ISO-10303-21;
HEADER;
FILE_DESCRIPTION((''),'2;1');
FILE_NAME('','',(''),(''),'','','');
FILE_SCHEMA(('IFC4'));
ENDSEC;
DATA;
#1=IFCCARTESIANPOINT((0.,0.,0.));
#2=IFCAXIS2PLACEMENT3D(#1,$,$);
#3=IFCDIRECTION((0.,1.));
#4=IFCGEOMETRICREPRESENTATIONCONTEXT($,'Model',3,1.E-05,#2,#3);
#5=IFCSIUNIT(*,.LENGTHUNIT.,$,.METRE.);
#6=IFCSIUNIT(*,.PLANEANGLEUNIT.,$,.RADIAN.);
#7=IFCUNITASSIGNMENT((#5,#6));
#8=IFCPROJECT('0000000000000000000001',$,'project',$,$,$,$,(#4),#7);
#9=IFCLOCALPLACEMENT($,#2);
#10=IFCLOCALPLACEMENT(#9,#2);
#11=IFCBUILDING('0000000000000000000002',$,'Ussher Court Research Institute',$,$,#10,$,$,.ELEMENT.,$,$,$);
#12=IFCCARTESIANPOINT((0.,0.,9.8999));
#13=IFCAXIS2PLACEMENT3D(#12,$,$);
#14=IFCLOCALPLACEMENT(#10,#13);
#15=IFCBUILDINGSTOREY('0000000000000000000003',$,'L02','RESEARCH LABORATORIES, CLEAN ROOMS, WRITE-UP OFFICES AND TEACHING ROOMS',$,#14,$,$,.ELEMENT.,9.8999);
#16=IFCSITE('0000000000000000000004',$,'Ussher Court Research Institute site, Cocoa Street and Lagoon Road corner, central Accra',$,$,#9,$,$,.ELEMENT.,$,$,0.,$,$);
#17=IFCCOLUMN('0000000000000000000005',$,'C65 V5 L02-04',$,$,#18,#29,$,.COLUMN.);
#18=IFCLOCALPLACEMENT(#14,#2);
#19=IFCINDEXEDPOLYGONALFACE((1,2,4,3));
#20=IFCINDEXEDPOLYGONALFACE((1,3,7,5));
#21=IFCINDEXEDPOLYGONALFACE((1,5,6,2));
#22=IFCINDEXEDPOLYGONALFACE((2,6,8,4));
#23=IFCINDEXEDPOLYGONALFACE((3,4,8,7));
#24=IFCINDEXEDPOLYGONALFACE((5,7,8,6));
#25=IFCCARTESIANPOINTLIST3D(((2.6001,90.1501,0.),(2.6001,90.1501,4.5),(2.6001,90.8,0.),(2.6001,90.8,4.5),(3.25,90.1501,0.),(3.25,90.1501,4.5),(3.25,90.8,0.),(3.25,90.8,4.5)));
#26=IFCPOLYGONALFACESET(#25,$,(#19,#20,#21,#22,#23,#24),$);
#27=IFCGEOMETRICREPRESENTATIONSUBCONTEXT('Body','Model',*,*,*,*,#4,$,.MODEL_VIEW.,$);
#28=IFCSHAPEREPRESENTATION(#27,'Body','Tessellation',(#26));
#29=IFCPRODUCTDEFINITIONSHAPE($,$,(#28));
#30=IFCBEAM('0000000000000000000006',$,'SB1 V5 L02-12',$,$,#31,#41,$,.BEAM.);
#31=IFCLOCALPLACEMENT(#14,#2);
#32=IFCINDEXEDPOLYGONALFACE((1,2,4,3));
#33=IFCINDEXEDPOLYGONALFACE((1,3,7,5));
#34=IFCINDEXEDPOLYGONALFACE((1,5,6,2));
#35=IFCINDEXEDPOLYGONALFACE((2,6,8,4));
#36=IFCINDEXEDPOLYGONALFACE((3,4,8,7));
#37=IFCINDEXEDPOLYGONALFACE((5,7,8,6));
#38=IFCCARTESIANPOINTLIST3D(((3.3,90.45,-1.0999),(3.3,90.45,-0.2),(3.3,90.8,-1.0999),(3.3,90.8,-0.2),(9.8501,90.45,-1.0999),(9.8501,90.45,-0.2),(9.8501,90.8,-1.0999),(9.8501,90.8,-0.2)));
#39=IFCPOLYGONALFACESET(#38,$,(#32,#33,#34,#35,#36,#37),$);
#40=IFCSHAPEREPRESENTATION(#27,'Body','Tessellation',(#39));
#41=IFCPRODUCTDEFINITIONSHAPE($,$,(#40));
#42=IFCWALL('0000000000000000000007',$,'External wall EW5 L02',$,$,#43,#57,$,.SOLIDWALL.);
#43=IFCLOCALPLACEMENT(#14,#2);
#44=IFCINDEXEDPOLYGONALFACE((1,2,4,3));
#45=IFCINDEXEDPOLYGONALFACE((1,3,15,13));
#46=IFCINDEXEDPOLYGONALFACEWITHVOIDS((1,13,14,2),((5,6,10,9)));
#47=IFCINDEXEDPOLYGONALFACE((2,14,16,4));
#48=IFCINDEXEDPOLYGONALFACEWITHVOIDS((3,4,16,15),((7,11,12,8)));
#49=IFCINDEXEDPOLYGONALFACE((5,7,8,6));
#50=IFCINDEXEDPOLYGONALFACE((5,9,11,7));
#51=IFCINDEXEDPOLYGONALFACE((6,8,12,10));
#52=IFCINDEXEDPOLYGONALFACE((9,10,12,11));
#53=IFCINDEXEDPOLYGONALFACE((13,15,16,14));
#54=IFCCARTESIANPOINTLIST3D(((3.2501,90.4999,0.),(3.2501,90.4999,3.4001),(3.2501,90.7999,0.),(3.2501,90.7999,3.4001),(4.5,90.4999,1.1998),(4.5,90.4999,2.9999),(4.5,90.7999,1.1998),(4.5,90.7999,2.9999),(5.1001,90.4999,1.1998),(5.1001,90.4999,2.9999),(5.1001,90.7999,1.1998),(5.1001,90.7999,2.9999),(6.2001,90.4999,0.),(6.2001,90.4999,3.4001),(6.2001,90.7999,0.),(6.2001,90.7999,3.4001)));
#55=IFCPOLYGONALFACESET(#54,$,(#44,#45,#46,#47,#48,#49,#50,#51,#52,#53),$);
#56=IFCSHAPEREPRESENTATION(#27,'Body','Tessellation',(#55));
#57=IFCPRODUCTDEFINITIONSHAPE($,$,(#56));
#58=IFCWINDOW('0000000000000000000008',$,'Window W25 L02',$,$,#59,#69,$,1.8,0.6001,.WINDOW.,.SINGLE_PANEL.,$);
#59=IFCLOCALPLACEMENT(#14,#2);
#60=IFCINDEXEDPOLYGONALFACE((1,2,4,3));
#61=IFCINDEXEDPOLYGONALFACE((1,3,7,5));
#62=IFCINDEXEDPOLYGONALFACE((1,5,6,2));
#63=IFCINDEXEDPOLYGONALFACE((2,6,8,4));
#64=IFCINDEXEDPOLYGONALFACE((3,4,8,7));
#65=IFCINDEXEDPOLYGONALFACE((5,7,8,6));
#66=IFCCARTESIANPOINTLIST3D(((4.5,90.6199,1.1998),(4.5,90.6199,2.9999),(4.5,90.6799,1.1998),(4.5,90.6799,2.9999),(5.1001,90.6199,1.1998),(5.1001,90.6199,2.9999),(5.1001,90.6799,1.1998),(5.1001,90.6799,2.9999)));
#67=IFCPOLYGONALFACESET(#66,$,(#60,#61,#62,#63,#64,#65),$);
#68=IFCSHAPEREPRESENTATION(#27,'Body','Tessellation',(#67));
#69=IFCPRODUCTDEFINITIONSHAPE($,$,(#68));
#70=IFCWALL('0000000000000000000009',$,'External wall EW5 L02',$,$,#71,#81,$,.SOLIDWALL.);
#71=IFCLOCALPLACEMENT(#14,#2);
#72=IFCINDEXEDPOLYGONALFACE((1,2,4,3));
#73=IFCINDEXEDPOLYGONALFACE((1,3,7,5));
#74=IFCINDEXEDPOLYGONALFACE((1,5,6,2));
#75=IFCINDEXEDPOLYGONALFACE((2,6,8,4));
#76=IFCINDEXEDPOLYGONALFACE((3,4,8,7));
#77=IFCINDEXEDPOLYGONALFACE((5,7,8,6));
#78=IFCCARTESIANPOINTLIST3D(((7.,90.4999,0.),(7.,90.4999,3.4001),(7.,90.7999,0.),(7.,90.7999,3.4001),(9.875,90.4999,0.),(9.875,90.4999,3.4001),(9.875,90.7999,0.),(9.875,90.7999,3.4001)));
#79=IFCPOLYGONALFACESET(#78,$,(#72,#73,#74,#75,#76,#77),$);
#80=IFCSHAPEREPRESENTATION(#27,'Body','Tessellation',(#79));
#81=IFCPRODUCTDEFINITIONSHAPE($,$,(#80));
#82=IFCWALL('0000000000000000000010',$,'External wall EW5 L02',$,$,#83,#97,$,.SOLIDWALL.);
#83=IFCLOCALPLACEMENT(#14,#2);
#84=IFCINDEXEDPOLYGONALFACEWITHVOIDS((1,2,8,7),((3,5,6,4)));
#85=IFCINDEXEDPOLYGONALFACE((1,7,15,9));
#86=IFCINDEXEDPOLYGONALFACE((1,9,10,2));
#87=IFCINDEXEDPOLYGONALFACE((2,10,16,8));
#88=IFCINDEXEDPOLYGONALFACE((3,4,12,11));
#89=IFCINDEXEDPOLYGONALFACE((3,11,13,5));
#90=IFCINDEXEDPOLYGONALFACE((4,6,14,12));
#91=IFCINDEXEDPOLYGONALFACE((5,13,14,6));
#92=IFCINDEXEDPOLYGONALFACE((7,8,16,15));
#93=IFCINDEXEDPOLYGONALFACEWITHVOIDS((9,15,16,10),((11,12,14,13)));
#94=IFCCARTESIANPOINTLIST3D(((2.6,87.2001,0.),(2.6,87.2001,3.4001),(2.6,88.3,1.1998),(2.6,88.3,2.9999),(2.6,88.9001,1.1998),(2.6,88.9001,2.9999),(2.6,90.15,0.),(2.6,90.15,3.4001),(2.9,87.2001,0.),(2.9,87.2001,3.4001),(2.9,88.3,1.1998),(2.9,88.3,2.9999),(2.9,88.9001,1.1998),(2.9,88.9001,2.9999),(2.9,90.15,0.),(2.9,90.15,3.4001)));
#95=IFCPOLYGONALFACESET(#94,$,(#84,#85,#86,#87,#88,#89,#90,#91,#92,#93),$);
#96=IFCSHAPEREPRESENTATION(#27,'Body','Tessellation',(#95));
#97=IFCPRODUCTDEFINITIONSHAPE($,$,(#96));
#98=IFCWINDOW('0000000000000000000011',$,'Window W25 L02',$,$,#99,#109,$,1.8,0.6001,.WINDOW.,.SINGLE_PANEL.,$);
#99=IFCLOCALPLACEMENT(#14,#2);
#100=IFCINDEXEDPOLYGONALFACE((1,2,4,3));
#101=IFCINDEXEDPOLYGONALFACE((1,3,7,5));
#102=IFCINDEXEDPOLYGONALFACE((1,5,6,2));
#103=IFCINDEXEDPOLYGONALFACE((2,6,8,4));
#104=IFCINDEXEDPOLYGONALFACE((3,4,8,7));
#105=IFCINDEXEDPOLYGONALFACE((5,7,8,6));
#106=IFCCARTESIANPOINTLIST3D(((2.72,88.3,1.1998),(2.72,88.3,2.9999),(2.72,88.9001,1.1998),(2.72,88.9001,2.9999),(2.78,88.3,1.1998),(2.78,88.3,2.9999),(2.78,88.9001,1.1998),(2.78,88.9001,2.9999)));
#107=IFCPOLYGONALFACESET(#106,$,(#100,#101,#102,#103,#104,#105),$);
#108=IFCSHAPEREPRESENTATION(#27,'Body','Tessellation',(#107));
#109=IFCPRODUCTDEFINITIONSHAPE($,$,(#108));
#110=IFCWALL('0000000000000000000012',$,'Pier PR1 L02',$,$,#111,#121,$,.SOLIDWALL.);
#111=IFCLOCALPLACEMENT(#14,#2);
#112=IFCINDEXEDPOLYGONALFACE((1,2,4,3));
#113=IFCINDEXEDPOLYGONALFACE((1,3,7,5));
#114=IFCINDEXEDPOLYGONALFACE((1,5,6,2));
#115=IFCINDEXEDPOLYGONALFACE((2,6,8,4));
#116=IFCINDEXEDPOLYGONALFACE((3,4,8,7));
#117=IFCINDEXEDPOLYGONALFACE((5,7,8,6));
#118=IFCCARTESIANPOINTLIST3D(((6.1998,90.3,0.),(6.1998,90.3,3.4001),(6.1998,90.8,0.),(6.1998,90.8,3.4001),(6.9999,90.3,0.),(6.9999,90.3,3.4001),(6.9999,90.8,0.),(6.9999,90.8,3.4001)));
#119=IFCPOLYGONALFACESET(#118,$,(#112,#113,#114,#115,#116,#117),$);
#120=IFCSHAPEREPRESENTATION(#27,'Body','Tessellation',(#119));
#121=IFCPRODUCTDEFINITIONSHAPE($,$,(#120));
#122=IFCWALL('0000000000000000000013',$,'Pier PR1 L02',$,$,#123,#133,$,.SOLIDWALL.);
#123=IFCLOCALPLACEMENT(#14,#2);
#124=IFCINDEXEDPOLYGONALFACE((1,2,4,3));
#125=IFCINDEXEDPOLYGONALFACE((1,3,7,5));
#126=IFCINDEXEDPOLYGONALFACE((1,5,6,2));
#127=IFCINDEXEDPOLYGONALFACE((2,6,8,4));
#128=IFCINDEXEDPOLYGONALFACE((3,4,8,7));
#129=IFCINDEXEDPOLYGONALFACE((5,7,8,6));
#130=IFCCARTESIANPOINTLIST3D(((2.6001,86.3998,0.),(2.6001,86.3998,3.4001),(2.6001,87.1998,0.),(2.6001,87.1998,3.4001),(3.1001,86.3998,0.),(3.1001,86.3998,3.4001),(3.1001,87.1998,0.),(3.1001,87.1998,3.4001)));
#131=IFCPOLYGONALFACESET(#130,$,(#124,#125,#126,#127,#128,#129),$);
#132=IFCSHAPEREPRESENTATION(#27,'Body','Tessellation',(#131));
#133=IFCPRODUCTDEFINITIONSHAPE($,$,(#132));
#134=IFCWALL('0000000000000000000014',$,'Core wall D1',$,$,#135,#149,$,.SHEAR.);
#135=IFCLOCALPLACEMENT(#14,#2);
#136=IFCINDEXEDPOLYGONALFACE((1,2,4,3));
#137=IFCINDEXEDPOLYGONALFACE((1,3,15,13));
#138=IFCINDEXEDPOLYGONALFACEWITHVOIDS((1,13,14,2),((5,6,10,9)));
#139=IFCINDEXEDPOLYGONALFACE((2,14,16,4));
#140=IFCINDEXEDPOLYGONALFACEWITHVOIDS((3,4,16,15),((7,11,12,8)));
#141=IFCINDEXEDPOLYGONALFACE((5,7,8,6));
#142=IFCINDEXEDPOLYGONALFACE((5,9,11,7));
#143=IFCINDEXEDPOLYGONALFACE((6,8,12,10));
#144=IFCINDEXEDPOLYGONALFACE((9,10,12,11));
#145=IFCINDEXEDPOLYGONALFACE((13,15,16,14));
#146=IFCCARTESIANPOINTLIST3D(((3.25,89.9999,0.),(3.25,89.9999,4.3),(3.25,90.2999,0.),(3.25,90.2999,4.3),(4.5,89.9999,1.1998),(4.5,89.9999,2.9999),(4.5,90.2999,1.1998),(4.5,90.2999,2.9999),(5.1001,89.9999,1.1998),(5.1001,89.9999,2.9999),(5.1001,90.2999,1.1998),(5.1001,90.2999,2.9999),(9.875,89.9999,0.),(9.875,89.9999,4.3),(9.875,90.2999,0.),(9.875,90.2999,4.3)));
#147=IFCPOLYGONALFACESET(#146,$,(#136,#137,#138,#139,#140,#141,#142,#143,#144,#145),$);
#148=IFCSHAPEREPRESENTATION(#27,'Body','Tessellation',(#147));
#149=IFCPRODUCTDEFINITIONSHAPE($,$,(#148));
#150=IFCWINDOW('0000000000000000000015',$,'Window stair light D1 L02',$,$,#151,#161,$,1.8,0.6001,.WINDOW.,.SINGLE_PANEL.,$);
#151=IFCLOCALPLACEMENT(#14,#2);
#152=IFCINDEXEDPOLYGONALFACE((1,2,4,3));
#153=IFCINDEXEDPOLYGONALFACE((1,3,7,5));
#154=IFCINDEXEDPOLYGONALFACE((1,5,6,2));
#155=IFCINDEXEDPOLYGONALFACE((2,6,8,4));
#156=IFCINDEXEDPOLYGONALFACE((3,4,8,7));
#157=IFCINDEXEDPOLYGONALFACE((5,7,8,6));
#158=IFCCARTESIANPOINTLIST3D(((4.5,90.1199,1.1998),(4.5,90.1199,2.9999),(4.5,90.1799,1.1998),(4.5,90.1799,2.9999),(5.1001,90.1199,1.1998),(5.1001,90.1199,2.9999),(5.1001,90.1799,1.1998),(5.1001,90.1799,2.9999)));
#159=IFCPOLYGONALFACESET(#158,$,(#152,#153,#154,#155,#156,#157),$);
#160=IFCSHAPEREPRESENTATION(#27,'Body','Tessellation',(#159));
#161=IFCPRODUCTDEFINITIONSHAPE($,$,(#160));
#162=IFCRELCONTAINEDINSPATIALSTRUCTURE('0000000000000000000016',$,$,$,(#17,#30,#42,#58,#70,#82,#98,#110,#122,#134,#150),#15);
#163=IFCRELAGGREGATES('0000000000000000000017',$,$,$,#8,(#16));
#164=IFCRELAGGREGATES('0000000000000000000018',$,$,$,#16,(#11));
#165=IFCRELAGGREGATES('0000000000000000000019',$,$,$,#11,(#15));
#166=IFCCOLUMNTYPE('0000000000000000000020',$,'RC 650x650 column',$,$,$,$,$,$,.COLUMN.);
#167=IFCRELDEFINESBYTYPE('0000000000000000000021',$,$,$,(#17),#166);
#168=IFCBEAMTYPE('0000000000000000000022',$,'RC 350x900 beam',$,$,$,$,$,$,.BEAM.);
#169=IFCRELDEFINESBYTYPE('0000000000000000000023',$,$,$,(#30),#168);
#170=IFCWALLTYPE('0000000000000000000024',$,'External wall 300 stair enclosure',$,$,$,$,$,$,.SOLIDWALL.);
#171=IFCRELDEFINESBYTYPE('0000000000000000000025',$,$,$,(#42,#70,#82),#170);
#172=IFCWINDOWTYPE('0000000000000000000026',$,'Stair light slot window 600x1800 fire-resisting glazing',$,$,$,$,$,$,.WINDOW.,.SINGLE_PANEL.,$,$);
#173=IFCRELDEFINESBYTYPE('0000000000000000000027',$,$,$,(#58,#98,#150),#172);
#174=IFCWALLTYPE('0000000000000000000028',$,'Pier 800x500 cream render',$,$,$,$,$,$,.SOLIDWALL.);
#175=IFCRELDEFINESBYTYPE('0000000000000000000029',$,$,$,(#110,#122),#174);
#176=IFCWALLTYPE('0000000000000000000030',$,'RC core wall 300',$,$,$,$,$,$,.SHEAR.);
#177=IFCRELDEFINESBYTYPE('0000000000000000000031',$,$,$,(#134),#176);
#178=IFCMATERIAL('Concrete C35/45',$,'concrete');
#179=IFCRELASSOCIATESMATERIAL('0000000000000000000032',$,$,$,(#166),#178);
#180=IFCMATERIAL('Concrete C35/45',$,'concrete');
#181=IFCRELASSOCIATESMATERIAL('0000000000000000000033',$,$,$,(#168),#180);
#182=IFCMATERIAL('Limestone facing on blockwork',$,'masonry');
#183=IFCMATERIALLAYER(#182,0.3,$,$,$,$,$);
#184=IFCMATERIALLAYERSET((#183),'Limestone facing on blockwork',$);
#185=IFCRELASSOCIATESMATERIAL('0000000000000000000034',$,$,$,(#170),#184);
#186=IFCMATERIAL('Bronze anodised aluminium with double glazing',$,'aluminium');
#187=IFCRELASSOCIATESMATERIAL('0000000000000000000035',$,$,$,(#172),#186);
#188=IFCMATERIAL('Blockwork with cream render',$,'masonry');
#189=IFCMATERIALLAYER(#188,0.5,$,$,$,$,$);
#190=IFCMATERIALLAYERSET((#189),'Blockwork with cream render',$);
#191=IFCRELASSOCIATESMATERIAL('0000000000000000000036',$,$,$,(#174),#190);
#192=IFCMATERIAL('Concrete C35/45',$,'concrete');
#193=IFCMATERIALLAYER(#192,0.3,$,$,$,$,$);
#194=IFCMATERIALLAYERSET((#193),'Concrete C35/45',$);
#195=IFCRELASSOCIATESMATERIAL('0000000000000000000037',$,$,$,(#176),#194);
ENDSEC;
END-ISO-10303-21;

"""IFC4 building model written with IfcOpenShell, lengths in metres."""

from ifc_helpers import new_model, si_unit, direction, frame, frame_2d, origin, origin_2d, place, context, subcontext, project, spatial, rectangle, extrude, material, layer, layer_set, material_profile, profile_set, type_object, element, fill, save


model = new_model("IFC4")

# Units and contexts
model_context = context("Model", 3, precision=1e-05, world=origin(), true_north=direction((0.0, 1.0)))
body_context = subcontext(model_context, "Body", "Model", "MODEL_VIEW")
ifc_project = project(units=[si_unit("LENGTHUNIT", "METRE"), si_unit("PLANEANGLEUNIT", "RADIAN")], contexts=[model_context])

# Site, building, storey
site_placement = place(None, origin())
site = spatial("IfcSite", under=ifc_project, at=site_placement, Name="Ussher Court Research Institute site, Cocoa Street and Lagoon Road corner, central Accra", CompositionType="ELEMENT", RefElevation=0.0)
building_placement = place(site_placement, origin())
building = spatial("IfcBuilding", under=site, at=building_placement, Name="Ussher Court Research Institute", CompositionType="ELEMENT")
storey_placement = place(building_placement, frame((0.0, 0.0, 9.8999)))
storey = spatial("IfcBuildingStorey", under=building, at=storey_placement, Name="L02", Description="RESEARCH LABORATORIES, CLEAN ROOMS, WRITE-UP OFFICES AND TEACHING ROOMS", CompositionType="ELEMENT", Elevation=9.8999)

# Column
ifc_material_1 = material(Name="Concrete C35/45", Category="concrete")
ifc_material_profile_1 = material_profile(ifc_material_1, rectangle(XDim=0.6499, YDim=0.6499, at=origin_2d()), Name="RC 650x650")
ifc_profile_set_1 = profile_set([ifc_material_profile_1], Name="Concrete C35/45")
column_type = type_object("IfcColumnType", Name="RC 650x650 column", PredefinedType="COLUMN", material=ifc_profile_set_1)
column_placement = place(storey_placement, frame((2.925, 90.4751, 0.0), z_axis=(0.0, 0.0, 1.0), x_axis=(1.0, 0.0, 0.0)))
element("IfcColumn", 1, at=column_placement, inside=storey, type_object=column_type, Name="C65 V5 L02-04", PredefinedType="COLUMN", context=body_context, shape_type="SweptSolid", body=[
    extrude(rectangle(XDim=0.6499, YDim=0.6499, at=origin_2d()), origin(), (0.0, 0.0, 1.0), 4.5),
])

# Beam
ifc_material_2 = material(Name="Concrete C35/45", Category="concrete")
ifc_material_profile_2 = material_profile(ifc_material_2, rectangle(XDim=0.3501, YDim=0.8999, at=origin_2d()), Name="RC 350x900")
ifc_profile_set_2 = profile_set([ifc_material_profile_2], Name="Concrete C35/45")
beam_type = type_object("IfcBeamType", Name="RC 350x900 beam", PredefinedType="BEAM", material=ifc_profile_set_2)
beam_placement = place(storey_placement, frame((3.3, 90.625, -0.6499), z_axis=(1.0, 0.0, 0.0), x_axis=(0.0, 1.0, 0.0)))
element("IfcBeam", 2, at=beam_placement, inside=storey, type_object=beam_type, Name="SB1 V5 L02-12", PredefinedType="BEAM", context=body_context, shape_type="SweptSolid", body=[
    extrude(rectangle(XDim=0.3501, YDim=0.8999, at=origin_2d()), origin(), (0.0, 0.0, 1.0), 6.55),
])

# Wall, opening, window
ifc_material_3 = material(Name="Limestone facing on blockwork", Category="masonry")
ifc_layer_1 = layer(ifc_material_3, 0.3)
ifc_layer_set_1 = layer_set([ifc_layer_1], Name="Limestone facing on blockwork")
wall_type_1 = type_object("IfcWallType", Name="External wall 300 stair enclosure", PredefinedType="SOLIDWALL", material=ifc_layer_set_1)
wall_1_placement = place(storey_placement, frame((3.25, 90.6499, 0.0), z_axis=(0.0, 0.0, 1.0), x_axis=(1.0, 0.0, 0.0)))
wall_1 = element("IfcWall", 3, at=wall_1_placement, inside=storey, type_object=wall_type_1, Name="External wall EW5 L02", PredefinedType="SOLIDWALL", context=body_context, shape_type="SweptSolid", body=[
    extrude(rectangle(XDim=2.95, YDim=0.3, at=frame_2d((1.4751, 0.0))), origin(), (0.0, 0.0, 1.0), 3.4001),
])
opening_1_placement = place(wall_1_placement, frame((1.25, 0.0, 1.2)))
opening_1 = element("IfcOpeningElement", 4, at=opening_1_placement, cuts=wall_1, PredefinedType="OPENING", context=body_context, shape_type="SweptSolid", body=[
    extrude(rectangle(XDim=0.6001, YDim=1.8, at=frame_2d((0.3, 0.8999))), frame((0.0, 0.1602, 0.0), z_axis=(0.0, -1.0, 0.0), x_axis=(1.0, 0.0, 0.0)), (0.0, 0.0, 1.0), 0.3201),
])
ifc_material_4 = material(Name="Bronze anodised aluminium with double glazing", Category="aluminium")
window_type = type_object("IfcWindowType", Name="Stair light slot window 600x1800 fire-resisting glazing", PartitioningType="SINGLE_PANEL", PredefinedType="WINDOW", material=ifc_material_4)
window_1_placement = place(opening_1_placement, origin())
window_1 = element("IfcWindow", 5, at=window_1_placement, inside=storey, type_object=window_type, Name="Window W25 L02", OverallHeight=1.8, OverallWidth=0.6001, PartitioningType="SINGLE_PANEL", PredefinedType="WINDOW", context=body_context, shape_type="SweptSolid", body=[
    extrude(rectangle(XDim=0.6001, YDim=1.8, at=frame_2d((0.3, 0.8999))), frame((0.0, 0.03, 0.0), z_axis=(0.0, -1.0, 0.0), x_axis=(1.0, 0.0, 0.0)), (0.0, 0.0, 1.0), 0.0601),
])
fill(opening_1, window_1)

# Wall
wall_2_placement = place(storey_placement, frame((7.0, 90.6499, 0.0), z_axis=(0.0, 0.0, 1.0), x_axis=(1.0, 0.0, 0.0)))
element("IfcWall", 6, at=wall_2_placement, inside=storey, type_object=wall_type_1, Name="External wall EW5 L02", PredefinedType="SOLIDWALL", context=body_context, shape_type="SweptSolid", body=[
    extrude(rectangle(XDim=2.875, YDim=0.3, at=frame_2d((1.4375, 0.0))), origin(), (0.0, 0.0, 1.0), 3.4001),
])

# Wall, opening, window
wall_3_placement = place(storey_placement, frame((2.75, 87.2, 0.0), z_axis=(0.0, 0.0, 1.0), x_axis=(0.0, 1.0, 0.0)))
wall_3 = element("IfcWall", 7, at=wall_3_placement, inside=storey, type_object=wall_type_1, Name="External wall EW5 L02", PredefinedType="SOLIDWALL", context=body_context, shape_type="SweptSolid", body=[
    extrude(rectangle(XDim=2.95, YDim=0.3, at=frame_2d((1.4751, 0.0))), origin(), (0.0, 0.0, 1.0), 3.4001),
])
opening_2_placement = place(wall_3_placement, frame((1.1001, 0.0, 1.2)))
opening_2 = element("IfcOpeningElement", 8, at=opening_2_placement, cuts=wall_3, PredefinedType="OPENING", context=body_context, shape_type="SweptSolid", body=[
    extrude(rectangle(XDim=0.6001, YDim=1.8, at=frame_2d((0.3, 0.8999))), frame((0.0, 0.1602, 0.0), z_axis=(0.0, -1.0, 0.0), x_axis=(1.0, 0.0, 0.0)), (0.0, 0.0, 1.0), 0.3201),
])
window_2_placement = place(opening_2_placement, origin())
window_2 = element("IfcWindow", 9, at=window_2_placement, inside=storey, type_object=window_type, Name="Window W25 L02", OverallHeight=1.8, OverallWidth=0.6001, PartitioningType="SINGLE_PANEL", PredefinedType="WINDOW", context=body_context, shape_type="SweptSolid", body=[
    extrude(rectangle(XDim=0.6001, YDim=1.8, at=frame_2d((0.3, 0.8999))), frame((0.0, 0.03, 0.0), z_axis=(0.0, -1.0, 0.0), x_axis=(1.0, 0.0, 0.0)), (0.0, 0.0, 1.0), 0.0601),
])
fill(opening_2, window_2)

# Walls
ifc_material_5 = material(Name="Blockwork with cream render", Category="masonry")
ifc_layer_2 = layer(ifc_material_5, 0.5)
ifc_layer_set_2 = layer_set([ifc_layer_2], Name="Blockwork with cream render")
wall_type_2 = type_object("IfcWallType", Name="Pier 800x500 cream render", PredefinedType="SOLIDWALL", material=ifc_layer_set_2)
for number, where, z_axis, x_axis, name in (
    (10, (6.2, 90.55, 0.0), (0.0, 0.0, 1.0), (1.0, 0.0, 0.0), "Pier PR1 L02"),
    (11, (2.8501, 86.3999, 0.0), (0.0, 0.0, 1.0), (0.0, 1.0, 0.0), "Pier PR1 L02"),
):
    element("IfcWall", number, at=place(storey_placement, frame(where, z_axis=z_axis, x_axis=x_axis)), inside=storey, type_object=wall_type_2, Name=name, PredefinedType="SOLIDWALL", context=body_context, shape_type="SweptSolid", body=[
        extrude(rectangle(XDim=0.8, YDim=0.5, at=frame_2d((0.3999, 0.0))), origin(), (0.0, 0.0, 1.0), 3.4001),
    ])

# Wall, opening, window
ifc_material_6 = material(Name="Concrete C35/45", Category="concrete")
ifc_layer_3 = layer(ifc_material_6, 0.3)
ifc_layer_set_3 = layer_set([ifc_layer_3], Name="Concrete C35/45")
wall_type_3 = type_object("IfcWallType", Name="RC core wall 300", PredefinedType="SHEAR", material=ifc_layer_set_3)
wall_4_placement = place(storey_placement, frame((3.25, 90.1499, 0.0), z_axis=(0.0, 0.0, 1.0), x_axis=(1.0, 0.0, 0.0)))
wall_4 = element("IfcWall", 12, at=wall_4_placement, inside=storey, type_object=wall_type_3, Name="Core wall D1", PredefinedType="SHEAR", context=body_context, shape_type="SweptSolid", body=[
    extrude(rectangle(XDim=6.625, YDim=0.3, at=frame_2d((3.3125, 0.0))), origin(), (0.0, 0.0, 1.0), 4.3),
])
opening_3_placement = place(wall_4_placement, frame((1.25, 0.0, 1.2)))
opening_3 = element("IfcOpeningElement", 13, at=opening_3_placement, cuts=wall_4, PredefinedType="OPENING", context=body_context, shape_type="SweptSolid", body=[
    extrude(rectangle(XDim=0.6001, YDim=1.8, at=frame_2d((0.3, 0.8999))), frame((0.0, 0.1602, 0.0), z_axis=(0.0, -1.0, 0.0), x_axis=(1.0, 0.0, 0.0)), (0.0, 0.0, 1.0), 0.3201),
])
window_3_placement = place(opening_3_placement, origin())
window_3 = element("IfcWindow", 14, at=window_3_placement, inside=storey, type_object=window_type, Name="Window stair light D1 L02", OverallHeight=1.8, OverallWidth=0.6001, PartitioningType="SINGLE_PANEL", PredefinedType="WINDOW", context=body_context, shape_type="SweptSolid", body=[
    extrude(rectangle(XDim=0.6001, YDim=1.8, at=frame_2d((0.3, 0.8999))), frame((0.0, 0.03, 0.0), z_axis=(0.0, -1.0, 0.0), x_axis=(1.0, 0.0, 0.0)), (0.0, 0.0, 1.0), 0.0601),
])
fill(opening_3, window_3)

save(model, "model.ifc")
